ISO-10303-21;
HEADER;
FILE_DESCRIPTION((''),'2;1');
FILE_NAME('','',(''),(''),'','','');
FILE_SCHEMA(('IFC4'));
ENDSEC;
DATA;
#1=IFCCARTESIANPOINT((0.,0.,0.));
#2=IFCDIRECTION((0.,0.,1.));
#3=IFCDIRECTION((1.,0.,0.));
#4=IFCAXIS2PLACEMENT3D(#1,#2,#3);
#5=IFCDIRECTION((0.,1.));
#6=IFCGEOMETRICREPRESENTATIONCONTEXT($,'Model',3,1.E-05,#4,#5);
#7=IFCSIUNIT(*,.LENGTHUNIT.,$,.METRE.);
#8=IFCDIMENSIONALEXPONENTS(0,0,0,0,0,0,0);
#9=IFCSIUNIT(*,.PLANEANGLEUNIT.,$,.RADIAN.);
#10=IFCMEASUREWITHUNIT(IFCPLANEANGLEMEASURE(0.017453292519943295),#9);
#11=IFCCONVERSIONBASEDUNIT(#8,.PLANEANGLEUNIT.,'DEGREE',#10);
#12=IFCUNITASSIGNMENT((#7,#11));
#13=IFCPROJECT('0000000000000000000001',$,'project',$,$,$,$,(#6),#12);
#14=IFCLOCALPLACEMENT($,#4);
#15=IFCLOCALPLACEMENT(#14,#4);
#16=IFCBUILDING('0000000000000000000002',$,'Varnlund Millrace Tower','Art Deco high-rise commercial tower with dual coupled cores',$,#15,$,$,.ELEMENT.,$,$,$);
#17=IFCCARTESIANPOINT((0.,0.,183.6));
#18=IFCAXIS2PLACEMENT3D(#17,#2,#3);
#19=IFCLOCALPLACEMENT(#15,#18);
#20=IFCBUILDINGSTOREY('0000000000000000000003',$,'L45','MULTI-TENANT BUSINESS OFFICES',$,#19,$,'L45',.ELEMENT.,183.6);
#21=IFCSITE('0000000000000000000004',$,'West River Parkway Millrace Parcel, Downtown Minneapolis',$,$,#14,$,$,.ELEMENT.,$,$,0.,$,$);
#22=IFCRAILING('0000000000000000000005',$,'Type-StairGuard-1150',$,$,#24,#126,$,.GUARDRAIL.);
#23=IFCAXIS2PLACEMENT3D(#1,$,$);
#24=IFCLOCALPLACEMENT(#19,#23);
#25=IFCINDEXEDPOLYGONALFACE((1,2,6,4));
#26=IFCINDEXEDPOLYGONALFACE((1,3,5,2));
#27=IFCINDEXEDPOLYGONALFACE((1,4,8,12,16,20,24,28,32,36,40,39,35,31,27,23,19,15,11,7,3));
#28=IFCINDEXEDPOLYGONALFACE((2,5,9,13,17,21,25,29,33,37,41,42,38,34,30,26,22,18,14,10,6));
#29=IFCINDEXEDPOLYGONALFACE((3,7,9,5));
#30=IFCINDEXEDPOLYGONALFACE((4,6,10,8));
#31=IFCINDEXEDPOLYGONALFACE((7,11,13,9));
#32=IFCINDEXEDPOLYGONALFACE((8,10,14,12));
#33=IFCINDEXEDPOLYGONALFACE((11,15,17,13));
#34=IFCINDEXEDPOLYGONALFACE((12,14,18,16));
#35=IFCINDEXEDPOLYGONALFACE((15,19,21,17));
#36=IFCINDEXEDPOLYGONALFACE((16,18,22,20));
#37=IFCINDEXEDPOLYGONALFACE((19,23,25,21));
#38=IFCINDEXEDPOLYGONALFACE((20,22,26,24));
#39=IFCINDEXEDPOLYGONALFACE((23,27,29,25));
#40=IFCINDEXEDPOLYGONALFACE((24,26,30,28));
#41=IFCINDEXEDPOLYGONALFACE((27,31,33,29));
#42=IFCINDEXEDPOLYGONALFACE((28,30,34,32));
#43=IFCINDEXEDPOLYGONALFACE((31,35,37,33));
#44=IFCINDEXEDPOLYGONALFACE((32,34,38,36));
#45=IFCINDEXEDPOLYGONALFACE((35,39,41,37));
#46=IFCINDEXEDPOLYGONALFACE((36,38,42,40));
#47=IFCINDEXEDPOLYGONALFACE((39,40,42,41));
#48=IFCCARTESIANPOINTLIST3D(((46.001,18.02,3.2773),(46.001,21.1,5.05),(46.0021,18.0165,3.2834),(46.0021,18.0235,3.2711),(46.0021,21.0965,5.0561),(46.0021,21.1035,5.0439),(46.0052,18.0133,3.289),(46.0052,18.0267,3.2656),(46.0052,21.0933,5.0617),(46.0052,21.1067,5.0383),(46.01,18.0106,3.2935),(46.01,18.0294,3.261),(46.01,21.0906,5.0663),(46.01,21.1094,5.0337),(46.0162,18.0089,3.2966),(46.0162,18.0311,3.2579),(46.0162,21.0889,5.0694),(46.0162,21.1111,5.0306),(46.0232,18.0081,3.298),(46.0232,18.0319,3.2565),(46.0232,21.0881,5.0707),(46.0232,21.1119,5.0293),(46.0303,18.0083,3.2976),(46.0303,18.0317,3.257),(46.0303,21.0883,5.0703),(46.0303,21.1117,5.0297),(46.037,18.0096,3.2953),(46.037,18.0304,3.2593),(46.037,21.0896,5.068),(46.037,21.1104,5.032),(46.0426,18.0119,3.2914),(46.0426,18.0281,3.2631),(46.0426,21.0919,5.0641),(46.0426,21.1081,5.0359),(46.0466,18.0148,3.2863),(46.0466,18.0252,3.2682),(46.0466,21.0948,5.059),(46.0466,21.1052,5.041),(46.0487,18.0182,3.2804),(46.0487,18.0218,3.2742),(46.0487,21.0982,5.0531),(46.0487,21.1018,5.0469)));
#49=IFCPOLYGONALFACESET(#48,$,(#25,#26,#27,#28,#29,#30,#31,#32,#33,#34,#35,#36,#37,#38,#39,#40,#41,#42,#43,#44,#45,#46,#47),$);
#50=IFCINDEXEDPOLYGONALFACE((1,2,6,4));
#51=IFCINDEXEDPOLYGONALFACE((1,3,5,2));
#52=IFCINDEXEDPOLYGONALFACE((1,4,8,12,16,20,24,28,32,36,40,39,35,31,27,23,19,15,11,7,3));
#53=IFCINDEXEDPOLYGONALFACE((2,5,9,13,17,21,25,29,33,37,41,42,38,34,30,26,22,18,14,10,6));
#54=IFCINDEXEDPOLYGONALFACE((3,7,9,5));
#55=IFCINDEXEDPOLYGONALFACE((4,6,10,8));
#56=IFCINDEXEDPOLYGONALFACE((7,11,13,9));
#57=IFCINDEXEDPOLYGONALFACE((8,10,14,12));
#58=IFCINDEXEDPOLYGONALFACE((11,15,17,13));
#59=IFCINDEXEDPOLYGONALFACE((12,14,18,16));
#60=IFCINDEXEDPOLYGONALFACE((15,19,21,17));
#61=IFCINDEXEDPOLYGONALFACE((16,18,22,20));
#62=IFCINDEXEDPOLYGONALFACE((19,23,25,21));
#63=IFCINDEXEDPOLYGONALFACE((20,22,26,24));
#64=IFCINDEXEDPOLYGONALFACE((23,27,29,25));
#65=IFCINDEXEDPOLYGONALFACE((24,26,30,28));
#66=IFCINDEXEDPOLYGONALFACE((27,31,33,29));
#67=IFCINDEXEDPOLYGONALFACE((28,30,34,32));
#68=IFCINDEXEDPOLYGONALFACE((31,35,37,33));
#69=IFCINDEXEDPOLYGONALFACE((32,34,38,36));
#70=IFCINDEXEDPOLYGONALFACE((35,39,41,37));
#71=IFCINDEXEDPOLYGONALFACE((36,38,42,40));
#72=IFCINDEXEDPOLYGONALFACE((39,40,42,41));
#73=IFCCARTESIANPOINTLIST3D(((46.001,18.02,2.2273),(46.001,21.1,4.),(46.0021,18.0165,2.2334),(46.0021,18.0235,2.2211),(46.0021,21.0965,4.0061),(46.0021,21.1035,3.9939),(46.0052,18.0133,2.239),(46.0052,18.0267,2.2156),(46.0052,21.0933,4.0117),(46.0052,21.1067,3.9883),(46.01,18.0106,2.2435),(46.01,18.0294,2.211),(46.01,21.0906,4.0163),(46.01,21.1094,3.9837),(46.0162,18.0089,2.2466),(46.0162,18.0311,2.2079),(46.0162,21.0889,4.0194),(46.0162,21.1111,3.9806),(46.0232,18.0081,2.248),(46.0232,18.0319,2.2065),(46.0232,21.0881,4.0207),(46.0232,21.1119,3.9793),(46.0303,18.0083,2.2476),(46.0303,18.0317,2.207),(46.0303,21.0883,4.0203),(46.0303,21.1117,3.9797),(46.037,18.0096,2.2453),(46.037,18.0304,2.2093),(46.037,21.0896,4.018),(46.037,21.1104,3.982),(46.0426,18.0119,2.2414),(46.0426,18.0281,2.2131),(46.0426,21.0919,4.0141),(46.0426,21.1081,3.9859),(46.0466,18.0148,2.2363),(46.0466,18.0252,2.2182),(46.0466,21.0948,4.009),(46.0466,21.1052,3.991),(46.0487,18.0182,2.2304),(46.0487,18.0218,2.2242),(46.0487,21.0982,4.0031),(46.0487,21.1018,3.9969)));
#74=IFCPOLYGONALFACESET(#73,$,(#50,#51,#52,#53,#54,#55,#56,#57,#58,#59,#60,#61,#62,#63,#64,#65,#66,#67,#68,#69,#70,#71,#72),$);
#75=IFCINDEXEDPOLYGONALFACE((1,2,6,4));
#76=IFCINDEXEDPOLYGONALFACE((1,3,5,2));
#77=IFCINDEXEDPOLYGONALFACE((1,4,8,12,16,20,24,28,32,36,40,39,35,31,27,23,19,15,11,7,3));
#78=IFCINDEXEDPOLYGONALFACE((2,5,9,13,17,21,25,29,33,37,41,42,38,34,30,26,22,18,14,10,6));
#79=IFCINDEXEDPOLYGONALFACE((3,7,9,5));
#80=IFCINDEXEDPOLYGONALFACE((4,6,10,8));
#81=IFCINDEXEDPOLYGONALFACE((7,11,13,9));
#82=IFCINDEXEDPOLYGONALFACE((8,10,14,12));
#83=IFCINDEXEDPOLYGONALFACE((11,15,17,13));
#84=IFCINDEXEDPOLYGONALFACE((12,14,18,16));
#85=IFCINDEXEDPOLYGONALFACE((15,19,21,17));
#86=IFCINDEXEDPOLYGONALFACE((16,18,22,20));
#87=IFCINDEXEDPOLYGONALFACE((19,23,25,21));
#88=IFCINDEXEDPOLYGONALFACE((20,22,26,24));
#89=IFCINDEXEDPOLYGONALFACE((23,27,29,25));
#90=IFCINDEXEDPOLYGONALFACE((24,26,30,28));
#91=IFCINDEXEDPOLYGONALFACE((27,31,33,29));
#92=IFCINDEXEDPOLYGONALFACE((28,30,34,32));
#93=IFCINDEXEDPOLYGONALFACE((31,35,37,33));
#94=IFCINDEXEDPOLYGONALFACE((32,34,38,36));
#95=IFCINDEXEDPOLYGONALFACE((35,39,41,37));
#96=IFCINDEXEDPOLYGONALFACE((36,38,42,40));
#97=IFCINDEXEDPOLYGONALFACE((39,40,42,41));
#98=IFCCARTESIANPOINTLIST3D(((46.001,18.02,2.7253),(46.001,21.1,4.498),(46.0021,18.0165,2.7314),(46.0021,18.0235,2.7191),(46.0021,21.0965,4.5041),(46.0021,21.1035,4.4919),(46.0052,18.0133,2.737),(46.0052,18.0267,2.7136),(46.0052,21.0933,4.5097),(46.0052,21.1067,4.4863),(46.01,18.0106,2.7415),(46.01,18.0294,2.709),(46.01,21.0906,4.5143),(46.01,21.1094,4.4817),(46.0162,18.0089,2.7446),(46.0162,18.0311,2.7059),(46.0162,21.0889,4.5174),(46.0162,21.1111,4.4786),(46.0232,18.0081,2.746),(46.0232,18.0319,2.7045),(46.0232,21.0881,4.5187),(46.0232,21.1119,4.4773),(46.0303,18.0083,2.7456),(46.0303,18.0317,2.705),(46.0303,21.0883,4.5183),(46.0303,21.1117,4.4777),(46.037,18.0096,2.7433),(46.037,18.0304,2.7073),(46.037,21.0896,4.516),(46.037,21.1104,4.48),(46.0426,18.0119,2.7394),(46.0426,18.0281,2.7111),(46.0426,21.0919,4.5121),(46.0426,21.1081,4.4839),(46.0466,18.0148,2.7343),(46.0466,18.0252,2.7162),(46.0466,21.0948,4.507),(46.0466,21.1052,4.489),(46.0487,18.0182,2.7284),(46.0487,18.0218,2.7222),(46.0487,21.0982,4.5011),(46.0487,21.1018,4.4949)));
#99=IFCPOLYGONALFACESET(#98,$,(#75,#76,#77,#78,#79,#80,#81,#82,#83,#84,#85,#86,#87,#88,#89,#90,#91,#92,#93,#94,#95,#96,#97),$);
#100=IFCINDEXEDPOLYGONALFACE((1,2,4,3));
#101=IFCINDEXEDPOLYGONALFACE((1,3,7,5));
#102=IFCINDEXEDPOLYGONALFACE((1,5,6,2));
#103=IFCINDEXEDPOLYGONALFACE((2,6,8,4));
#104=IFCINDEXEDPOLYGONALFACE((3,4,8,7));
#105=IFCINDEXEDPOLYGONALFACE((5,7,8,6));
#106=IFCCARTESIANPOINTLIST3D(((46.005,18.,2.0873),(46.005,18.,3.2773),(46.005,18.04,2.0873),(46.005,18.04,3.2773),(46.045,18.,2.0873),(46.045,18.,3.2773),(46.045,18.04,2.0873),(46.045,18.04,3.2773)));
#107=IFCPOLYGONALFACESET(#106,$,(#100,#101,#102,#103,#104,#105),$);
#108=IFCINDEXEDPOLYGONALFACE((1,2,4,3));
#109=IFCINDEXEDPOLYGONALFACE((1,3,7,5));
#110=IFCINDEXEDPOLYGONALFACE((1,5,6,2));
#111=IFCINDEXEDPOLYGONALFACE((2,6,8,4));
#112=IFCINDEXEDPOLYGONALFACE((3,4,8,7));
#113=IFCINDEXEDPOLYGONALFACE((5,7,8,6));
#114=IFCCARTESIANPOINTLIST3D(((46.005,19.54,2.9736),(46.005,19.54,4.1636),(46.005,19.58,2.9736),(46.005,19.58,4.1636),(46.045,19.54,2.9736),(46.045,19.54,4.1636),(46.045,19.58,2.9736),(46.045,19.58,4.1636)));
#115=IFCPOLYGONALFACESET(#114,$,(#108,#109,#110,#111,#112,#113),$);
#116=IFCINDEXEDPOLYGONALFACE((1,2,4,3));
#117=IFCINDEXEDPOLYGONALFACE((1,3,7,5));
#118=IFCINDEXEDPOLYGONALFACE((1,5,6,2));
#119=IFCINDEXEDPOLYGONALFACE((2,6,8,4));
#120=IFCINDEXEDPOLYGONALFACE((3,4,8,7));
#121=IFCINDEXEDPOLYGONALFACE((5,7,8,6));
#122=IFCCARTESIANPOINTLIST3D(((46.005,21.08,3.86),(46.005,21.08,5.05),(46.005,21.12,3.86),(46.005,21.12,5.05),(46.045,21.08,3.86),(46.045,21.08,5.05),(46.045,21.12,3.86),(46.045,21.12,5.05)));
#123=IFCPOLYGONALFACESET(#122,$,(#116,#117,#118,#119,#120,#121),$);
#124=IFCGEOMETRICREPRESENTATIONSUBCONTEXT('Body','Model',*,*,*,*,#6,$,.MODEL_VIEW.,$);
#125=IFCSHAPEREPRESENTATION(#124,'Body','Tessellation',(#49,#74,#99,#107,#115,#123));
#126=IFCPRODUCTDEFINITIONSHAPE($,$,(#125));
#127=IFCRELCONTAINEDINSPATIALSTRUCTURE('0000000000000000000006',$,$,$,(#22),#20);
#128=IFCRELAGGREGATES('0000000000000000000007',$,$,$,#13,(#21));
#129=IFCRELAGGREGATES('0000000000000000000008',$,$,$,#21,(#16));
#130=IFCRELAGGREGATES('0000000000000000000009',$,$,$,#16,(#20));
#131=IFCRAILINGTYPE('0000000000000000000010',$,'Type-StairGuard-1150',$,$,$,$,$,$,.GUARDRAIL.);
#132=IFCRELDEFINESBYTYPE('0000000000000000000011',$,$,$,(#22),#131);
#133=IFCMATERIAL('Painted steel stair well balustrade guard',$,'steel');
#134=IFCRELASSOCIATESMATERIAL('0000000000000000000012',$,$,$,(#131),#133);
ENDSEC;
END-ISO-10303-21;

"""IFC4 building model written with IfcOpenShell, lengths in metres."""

from ifc_helpers import new_model, entity, si_unit, converted_unit, direction, frame, origin_with_axes, origin_2d_with_axis, place, context, subcontext, project, spatial, rectangle, circle, extrude, material, type_object, element, save


model = new_model("IFC4")

# Units and contexts
model_context = context("Model", 3, precision=1e-05, world=origin_with_axes(), true_north=direction((0.0, 1.0)))
body_context = subcontext(model_context, "Body", "Model", "MODEL_VIEW")
ifc_project = project(units=[si_unit("LENGTHUNIT", "METRE"), converted_unit("PLANEANGLEUNIT", "DEGREE", entity("IfcPlaneAngleMeasure", 0.017453292519943295), si_unit("PLANEANGLEUNIT", "RADIAN"), dimensions=[0, 0, 0, 0, 0, 0, 0])], contexts=[model_context])

# Site, building, storey
site_placement = place(None, origin_with_axes())
site = spatial("IfcSite", under=ifc_project, at=site_placement, Name="West River Parkway Millrace Parcel, Downtown Minneapolis", CompositionType="ELEMENT", RefElevation=0.0)
building_placement = place(site_placement, origin_with_axes())
building = spatial("IfcBuilding", under=site, at=building_placement, Name="Varnlund Millrace Tower", Description="Art Deco high-rise commercial tower with dual coupled cores", CompositionType="ELEMENT")
storey_placement = place(building_placement, frame((0.0, 0.0, 183.6), z_axis=(0.0, 0.0, 1.0), x_axis=(1.0, 0.0, 0.0)))
storey = spatial("IfcBuildingStorey", under=building, at=storey_placement, Name="L45", Description="MULTI-TENANT BUSINESS OFFICES", LongName="L45", CompositionType="ELEMENT", Elevation=183.6)

# Railing
ifc_material_1 = material(Name="Painted steel stair well balustrade guard", Category="steel")
railing_type_1 = type_object("IfcRailingType", Name="Type-StairGuard-1150", PredefinedType="GUARDRAIL", material=ifc_material_1)
railing_1_placement = place(storey_placement, frame((0.0, 0.0, -183.6), z_axis=(0.0, 0.0, 1.0), x_axis=(1.0, 0.0, 0.0)))
element("IfcRailing", 1, at=railing_1_placement, inside=storey, type_object=railing_type_1, Name="Type-StairGuard-1150", PredefinedType="GUARDRAIL", context=body_context, shape_type="SweptSolid", body=[
    extrude(circle(Radius=0.024, at=origin_2d_with_axis()), frame((46.025, 18.02, 186.8773), z_axis=(0.0, 0.866696, 0.498836), x_axis=(-1.0, 0.0, 0.0)), (0.0, 0.0, 1.0), 3.5537),
    extrude(circle(Radius=0.024, at=origin_2d_with_axis()), frame((46.025, 18.02, 185.8273), z_axis=(0.0, 0.866696, 0.498836), x_axis=(-1.0, 0.0, 0.0)), (0.0, 0.0, 1.0), 3.5537),
    extrude(circle(Radius=0.024, at=origin_2d_with_axis()), frame((46.025, 18.02, 186.3253), z_axis=(0.0, 0.866696, 0.498836), x_axis=(-1.0, 0.0, 0.0)), (0.0, 0.0, 1.0), 3.5537),
    extrude(rectangle(XDim=0.04, YDim=0.04, at=origin_2d_with_axis()), frame((46.025, 18.02, 185.6873), z_axis=(0.0, 0.0, 1.0), x_axis=(1.0, 0.0, 0.0)), (0.0, 0.0, 1.0), 1.19),
    extrude(rectangle(XDim=0.04, YDim=0.04, at=origin_2d_with_axis()), frame((46.025, 19.56, 186.5736), z_axis=(0.0, 0.0, 1.0), x_axis=(1.0, 0.0, 0.0)), (0.0, 0.0, 1.0), 1.19),
    extrude(rectangle(XDim=0.04, YDim=0.04, at=origin_2d_with_axis()), frame((46.025, 21.1, 187.46), z_axis=(0.0, 0.0, 1.0), x_axis=(1.0, 0.0, 0.0)), (0.0, 0.0, 1.0), 1.19),
])

save(model, "model.ifc")
